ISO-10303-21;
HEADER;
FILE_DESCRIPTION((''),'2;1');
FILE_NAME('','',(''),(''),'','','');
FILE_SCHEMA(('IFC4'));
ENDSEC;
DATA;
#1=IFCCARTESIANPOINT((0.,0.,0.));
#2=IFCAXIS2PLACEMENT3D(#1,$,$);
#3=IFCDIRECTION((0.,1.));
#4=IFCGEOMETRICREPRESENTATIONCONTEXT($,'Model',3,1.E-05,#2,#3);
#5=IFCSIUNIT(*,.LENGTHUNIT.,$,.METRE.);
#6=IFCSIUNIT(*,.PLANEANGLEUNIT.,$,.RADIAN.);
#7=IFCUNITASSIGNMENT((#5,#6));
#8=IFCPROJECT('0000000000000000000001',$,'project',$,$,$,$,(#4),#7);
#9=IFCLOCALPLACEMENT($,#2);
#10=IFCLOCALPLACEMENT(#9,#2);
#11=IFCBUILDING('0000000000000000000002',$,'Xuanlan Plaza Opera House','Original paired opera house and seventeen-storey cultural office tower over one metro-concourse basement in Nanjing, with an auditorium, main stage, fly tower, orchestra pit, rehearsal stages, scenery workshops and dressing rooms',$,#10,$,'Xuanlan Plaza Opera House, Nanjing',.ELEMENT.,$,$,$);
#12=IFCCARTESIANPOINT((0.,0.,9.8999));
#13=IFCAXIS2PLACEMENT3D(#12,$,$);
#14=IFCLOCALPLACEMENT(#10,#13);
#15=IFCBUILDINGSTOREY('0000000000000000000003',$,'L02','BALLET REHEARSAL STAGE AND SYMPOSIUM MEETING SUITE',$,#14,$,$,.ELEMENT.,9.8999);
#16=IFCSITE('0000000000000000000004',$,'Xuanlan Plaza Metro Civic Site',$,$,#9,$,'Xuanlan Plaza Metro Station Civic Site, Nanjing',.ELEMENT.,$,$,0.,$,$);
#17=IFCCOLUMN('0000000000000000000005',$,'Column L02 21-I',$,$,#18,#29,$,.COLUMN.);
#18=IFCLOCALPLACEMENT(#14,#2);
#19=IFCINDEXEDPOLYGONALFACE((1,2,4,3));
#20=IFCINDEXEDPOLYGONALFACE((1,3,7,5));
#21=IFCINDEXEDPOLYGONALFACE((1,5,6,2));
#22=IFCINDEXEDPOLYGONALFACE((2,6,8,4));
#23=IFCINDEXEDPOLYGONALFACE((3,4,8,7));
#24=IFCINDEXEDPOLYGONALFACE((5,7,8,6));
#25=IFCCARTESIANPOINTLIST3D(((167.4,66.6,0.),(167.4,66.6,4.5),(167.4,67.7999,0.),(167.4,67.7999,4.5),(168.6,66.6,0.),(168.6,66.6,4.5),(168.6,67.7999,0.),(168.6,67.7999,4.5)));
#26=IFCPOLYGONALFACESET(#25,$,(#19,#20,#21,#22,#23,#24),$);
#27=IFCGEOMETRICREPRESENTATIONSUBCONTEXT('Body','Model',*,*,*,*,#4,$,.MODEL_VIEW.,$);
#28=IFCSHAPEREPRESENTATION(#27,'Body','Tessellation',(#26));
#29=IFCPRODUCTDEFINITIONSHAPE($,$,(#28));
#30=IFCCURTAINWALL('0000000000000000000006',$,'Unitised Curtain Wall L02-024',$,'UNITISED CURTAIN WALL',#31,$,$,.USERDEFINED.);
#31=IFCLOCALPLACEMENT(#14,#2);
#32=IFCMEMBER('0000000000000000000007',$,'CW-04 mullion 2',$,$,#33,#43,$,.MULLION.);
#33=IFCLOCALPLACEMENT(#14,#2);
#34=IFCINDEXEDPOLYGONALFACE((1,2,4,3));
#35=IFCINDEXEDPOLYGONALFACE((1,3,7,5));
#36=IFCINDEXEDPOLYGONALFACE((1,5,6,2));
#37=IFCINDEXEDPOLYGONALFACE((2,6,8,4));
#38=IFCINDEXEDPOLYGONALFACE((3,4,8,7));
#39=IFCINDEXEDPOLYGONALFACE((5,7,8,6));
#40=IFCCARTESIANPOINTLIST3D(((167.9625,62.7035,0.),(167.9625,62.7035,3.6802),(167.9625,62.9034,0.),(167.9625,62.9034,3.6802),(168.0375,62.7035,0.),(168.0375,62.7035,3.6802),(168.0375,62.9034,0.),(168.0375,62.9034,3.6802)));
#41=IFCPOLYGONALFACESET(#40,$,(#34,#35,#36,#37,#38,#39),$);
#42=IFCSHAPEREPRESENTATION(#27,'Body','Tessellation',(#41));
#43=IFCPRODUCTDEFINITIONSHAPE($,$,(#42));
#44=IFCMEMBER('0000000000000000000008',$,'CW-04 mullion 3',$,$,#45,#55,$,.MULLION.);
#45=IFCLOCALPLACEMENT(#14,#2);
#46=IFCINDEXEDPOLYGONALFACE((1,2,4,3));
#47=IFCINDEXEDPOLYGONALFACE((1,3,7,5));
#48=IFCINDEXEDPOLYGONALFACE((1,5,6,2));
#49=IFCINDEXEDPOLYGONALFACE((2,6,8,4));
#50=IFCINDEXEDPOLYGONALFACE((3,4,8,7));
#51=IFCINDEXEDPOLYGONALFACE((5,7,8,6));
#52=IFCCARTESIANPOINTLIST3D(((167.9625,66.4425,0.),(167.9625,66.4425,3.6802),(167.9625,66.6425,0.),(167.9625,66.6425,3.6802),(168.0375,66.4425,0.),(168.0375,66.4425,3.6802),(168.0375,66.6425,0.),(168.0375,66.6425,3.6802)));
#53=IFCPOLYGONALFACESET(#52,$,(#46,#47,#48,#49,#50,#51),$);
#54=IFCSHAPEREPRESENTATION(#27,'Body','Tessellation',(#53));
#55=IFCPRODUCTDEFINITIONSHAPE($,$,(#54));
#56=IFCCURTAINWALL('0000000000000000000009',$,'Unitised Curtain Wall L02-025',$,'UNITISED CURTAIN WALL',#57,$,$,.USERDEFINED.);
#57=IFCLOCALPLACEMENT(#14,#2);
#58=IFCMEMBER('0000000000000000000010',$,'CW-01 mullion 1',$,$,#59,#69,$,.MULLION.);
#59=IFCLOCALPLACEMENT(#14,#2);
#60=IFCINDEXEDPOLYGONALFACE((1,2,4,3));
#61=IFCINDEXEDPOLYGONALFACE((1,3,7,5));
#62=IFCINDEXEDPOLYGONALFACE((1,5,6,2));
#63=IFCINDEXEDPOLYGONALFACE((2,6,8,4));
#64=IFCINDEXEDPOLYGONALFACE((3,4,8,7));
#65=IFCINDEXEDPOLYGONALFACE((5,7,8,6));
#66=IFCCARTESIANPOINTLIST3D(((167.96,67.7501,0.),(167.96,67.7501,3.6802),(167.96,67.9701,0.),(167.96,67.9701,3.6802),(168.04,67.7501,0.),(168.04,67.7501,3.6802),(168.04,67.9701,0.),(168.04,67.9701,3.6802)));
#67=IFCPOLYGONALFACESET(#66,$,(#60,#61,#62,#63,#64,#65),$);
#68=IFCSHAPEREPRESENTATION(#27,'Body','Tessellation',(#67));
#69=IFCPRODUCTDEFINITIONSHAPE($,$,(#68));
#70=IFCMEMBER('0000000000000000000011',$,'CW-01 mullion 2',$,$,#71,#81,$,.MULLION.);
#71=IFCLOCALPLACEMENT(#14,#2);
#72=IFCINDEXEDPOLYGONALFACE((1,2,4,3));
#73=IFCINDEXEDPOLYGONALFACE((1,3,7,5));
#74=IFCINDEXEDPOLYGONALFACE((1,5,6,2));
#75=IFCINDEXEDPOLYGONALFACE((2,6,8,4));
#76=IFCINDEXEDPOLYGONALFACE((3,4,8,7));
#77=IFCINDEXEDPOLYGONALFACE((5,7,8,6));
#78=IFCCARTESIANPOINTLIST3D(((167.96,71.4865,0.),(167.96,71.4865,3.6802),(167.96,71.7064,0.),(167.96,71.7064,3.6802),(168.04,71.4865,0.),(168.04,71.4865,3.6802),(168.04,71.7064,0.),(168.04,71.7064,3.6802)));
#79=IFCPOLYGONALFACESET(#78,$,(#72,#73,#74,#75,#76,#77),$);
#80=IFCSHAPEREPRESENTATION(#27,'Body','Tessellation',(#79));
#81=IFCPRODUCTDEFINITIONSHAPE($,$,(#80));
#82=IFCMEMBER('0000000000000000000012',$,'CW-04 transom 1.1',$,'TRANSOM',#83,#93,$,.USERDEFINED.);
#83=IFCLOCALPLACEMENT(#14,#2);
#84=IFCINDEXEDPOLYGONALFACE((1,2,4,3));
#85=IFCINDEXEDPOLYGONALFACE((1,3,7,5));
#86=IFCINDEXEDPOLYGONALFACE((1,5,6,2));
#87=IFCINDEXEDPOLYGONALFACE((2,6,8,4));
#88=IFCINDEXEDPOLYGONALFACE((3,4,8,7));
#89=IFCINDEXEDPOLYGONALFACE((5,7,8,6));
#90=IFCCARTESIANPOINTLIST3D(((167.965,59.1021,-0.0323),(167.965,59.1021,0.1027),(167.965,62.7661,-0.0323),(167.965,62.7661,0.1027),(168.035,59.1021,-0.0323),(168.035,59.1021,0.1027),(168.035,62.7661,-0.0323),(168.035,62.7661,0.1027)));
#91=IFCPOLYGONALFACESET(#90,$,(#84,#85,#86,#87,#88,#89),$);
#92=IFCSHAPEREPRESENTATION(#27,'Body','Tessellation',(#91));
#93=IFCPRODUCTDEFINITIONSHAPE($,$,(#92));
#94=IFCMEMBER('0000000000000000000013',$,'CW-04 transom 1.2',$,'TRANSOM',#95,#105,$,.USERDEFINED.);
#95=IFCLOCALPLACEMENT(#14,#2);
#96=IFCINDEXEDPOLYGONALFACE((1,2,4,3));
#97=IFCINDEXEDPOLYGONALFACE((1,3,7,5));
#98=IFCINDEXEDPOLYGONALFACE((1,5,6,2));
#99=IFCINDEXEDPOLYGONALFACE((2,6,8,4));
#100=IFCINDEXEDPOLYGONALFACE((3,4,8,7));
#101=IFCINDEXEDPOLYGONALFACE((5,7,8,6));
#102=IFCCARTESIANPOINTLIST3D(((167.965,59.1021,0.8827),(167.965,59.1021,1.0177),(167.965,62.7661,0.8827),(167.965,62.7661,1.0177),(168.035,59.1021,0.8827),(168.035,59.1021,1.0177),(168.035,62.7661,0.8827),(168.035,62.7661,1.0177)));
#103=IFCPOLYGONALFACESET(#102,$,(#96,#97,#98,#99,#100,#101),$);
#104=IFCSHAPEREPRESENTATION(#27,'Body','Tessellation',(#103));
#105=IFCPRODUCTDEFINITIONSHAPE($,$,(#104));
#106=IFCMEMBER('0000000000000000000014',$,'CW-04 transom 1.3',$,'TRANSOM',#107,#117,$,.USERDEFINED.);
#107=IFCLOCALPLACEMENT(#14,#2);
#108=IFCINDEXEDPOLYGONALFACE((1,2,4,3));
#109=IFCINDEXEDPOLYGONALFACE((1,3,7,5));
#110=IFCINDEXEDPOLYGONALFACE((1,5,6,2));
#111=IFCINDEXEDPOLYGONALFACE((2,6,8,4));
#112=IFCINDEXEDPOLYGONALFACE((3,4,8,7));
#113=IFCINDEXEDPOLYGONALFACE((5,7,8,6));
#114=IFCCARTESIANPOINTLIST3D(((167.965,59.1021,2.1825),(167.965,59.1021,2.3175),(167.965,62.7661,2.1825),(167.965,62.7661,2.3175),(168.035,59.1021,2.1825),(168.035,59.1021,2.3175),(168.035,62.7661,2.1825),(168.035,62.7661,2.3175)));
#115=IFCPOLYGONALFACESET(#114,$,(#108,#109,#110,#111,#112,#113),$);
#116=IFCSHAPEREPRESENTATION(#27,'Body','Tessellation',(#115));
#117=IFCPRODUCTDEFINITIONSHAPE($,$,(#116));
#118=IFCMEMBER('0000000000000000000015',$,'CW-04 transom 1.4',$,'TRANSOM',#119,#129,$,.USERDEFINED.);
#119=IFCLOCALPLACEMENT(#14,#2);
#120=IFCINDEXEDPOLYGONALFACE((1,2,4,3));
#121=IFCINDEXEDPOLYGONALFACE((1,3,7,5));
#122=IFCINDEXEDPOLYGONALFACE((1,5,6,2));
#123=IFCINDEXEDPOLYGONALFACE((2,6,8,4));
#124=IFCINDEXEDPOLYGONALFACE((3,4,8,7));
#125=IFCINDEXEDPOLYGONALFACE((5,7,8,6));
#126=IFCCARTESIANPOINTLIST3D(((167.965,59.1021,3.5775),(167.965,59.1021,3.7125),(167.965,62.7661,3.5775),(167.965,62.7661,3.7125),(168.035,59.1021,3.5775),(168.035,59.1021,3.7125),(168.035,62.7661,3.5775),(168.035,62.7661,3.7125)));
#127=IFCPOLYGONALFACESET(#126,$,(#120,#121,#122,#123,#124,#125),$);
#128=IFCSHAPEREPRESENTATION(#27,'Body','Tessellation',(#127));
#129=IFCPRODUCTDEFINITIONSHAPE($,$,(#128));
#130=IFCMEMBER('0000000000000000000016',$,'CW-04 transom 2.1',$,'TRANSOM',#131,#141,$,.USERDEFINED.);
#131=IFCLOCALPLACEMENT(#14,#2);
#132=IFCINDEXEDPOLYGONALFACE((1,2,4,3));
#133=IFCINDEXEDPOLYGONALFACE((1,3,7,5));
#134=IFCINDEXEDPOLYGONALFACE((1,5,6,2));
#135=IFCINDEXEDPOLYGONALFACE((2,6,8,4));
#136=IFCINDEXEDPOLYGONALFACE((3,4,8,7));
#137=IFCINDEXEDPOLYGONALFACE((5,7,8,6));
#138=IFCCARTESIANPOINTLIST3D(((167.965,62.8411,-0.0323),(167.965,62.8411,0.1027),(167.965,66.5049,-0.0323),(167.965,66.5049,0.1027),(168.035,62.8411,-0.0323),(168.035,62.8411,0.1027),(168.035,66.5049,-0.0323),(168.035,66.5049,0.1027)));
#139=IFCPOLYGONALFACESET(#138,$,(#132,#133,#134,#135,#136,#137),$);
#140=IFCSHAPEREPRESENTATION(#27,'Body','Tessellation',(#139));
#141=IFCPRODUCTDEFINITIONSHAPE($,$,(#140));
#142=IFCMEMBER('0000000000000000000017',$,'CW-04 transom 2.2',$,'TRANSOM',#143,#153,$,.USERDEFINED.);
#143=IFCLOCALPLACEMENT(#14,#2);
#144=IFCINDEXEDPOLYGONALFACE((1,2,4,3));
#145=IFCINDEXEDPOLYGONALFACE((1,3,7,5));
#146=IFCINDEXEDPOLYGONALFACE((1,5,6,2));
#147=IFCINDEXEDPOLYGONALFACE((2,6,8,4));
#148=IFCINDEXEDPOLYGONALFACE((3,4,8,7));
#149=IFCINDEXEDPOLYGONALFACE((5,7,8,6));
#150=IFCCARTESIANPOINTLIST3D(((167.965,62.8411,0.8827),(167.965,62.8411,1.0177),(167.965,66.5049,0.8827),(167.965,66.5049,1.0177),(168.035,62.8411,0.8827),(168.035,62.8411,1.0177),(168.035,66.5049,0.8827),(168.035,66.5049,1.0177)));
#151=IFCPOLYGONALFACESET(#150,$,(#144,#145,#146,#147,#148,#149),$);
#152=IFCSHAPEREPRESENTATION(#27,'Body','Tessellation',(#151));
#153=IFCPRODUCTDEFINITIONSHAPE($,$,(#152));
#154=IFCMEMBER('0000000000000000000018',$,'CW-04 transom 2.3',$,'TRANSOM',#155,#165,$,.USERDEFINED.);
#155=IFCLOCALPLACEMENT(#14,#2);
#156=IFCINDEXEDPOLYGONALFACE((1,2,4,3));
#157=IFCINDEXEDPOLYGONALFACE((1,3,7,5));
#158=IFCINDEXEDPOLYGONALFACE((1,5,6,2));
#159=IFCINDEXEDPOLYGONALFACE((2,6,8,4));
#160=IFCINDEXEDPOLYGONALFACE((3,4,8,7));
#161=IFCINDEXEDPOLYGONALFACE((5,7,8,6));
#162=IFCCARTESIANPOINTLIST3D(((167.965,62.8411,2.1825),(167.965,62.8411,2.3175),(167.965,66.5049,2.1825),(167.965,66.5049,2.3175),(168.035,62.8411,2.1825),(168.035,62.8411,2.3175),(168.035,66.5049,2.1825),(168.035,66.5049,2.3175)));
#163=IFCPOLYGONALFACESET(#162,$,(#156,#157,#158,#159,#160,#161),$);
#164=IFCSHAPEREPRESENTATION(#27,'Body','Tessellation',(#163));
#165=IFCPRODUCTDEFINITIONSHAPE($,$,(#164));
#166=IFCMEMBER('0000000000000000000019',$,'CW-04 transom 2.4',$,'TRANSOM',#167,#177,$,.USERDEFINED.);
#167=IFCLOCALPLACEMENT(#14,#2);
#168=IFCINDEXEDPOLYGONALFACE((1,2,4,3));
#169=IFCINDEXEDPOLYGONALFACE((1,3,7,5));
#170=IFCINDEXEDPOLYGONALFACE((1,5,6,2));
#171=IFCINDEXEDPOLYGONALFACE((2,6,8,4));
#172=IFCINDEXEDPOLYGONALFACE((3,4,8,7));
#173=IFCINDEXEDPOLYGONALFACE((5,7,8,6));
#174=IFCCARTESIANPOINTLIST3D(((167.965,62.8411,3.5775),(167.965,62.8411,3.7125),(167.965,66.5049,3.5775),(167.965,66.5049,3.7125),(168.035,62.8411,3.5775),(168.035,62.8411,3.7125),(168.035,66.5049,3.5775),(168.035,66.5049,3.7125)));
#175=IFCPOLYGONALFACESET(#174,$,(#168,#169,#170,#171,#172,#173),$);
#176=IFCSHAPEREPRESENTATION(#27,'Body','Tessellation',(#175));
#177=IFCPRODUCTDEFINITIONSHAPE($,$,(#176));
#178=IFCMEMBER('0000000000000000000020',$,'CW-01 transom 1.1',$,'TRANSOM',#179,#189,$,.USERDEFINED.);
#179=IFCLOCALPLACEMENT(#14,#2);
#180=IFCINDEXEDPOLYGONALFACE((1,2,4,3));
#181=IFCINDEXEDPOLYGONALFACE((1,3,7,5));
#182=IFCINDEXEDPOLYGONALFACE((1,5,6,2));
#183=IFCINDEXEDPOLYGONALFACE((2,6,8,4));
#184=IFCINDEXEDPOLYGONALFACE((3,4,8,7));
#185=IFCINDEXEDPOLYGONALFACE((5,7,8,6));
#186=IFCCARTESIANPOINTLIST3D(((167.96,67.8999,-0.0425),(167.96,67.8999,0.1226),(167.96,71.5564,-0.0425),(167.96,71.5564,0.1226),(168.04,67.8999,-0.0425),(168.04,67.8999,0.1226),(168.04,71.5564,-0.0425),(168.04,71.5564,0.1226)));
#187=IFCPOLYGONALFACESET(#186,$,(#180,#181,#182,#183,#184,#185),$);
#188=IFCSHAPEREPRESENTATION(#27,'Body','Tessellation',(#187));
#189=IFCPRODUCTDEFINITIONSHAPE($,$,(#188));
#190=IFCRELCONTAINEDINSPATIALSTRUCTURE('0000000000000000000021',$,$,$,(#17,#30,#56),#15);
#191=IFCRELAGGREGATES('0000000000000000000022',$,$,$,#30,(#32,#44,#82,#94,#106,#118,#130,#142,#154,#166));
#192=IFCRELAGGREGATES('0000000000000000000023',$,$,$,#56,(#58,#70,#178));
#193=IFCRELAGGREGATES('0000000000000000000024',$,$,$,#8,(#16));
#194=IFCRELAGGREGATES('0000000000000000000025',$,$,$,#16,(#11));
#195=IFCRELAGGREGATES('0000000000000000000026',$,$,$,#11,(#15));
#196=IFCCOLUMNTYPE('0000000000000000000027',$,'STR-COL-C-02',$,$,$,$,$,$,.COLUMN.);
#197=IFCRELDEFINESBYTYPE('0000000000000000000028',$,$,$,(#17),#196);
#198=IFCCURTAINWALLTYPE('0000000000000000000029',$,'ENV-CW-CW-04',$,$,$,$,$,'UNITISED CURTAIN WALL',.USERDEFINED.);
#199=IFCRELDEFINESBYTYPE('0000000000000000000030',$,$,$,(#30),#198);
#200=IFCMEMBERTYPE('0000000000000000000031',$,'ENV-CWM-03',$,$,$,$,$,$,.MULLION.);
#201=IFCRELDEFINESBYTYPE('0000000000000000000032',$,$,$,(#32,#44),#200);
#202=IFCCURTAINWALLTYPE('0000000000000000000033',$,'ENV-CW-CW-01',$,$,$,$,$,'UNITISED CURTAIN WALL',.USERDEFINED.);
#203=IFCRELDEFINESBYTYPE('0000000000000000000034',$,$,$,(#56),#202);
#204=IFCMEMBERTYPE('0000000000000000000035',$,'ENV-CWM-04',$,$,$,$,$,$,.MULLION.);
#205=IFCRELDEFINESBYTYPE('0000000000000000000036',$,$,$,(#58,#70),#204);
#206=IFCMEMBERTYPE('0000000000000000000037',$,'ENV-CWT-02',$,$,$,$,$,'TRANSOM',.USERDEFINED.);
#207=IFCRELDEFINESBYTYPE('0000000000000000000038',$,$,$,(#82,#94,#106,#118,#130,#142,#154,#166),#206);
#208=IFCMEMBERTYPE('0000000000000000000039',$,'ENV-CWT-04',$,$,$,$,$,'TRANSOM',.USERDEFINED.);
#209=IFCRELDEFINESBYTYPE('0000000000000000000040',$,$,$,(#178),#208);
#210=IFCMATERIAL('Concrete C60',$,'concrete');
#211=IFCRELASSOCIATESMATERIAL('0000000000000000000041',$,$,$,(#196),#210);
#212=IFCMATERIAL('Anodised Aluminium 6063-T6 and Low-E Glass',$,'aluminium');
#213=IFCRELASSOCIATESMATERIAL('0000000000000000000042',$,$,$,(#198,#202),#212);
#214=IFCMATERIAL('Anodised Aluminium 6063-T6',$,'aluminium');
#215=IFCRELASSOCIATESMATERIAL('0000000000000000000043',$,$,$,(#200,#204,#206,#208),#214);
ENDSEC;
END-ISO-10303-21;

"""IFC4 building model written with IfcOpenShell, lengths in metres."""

from ifc_helpers import new_model, si_unit, direction, frame, origin, origin_2d, place, context, subcontext, project, spatial, rectangle, extrude, material, material_profile, profile_set, type_object, element, aggregate, save


model = new_model("IFC4")

# Units and contexts
model_context = context("Model", 3, precision=1e-05, world=origin(), true_north=direction((0.0, 1.0)))
body_context = subcontext(model_context, "Body", "Model", "MODEL_VIEW")
ifc_project = project(units=[si_unit("LENGTHUNIT", "METRE"), si_unit("PLANEANGLEUNIT", "RADIAN")], contexts=[model_context])

# Site, building, storey
site_placement = place(None, origin())
site = spatial("IfcSite", under=ifc_project, at=site_placement, Name="Xuanlan Plaza Metro Civic Site", LongName="Xuanlan Plaza Metro Station Civic Site, Nanjing", CompositionType="ELEMENT", RefElevation=0.0)
building_placement = place(site_placement, origin())
building = spatial("IfcBuilding", under=site, at=building_placement, Name="Xuanlan Plaza Opera House", Description="Original paired opera house and seventeen-storey cultural office tower over one metro-concourse basement in Nanjing, with an auditorium, main stage, fly tower, orchestra pit, rehearsal stages, scenery workshops and dressing rooms", LongName="Xuanlan Plaza Opera House, Nanjing", CompositionType="ELEMENT")
storey_placement = place(building_placement, frame((0.0, 0.0, 9.8999)))
storey = spatial("IfcBuildingStorey", under=building, at=storey_placement, Name="L02", Description="BALLET REHEARSAL STAGE AND SYMPOSIUM MEETING SUITE", CompositionType="ELEMENT", Elevation=9.8999)

# Column
ifc_material_1 = material(Name="Concrete C60", Category="concrete")
ifc_material_profile_1 = material_profile(ifc_material_1, rectangle(XDim=1.2, YDim=1.2, at=origin_2d()), Name="RC-COL 1200x1200")
ifc_profile_set_1 = profile_set([ifc_material_profile_1], Name="Concrete C60")
column_type = type_object("IfcColumnType", Name="STR-COL-C-02", PredefinedType="COLUMN", material=ifc_profile_set_1)
column_placement = place(storey_placement, frame((168.0, 67.2, 0.0), z_axis=(0.0, 0.0, 1.0), x_axis=(1.0, 0.0, 0.0)))
element("IfcColumn", 1, at=column_placement, inside=storey, type_object=column_type, Name="Column L02 21-I", PredefinedType="COLUMN", context=body_context, shape_type="SweptSolid", body=[
    extrude(rectangle(XDim=1.2, YDim=1.2, at=origin_2d()), origin(), (0.0, 0.0, 1.0), 4.5),
])

# Curtain walls, members
ifc_material_2 = material(Name="Anodised Aluminium 6063-T6 and Low-E Glass", Category="aluminium")
curtain_wall_type_1 = type_object("IfcCurtainWallType", Name="ENV-CW-CW-04", ElementType="UNITISED CURTAIN WALL", PredefinedType="USERDEFINED", material=ifc_material_2)
curtain_wall_1_placement = place(storey_placement, origin())
curtain_wall_1 = element("IfcCurtainWall", 2, at=curtain_wall_1_placement, inside=storey, type_object=curtain_wall_type_1, Name="Unitised Curtain Wall L02-024", ObjectType="UNITISED CURTAIN WALL", PredefinedType="USERDEFINED")
ifc_material_3 = material(Name="Anodised Aluminium 6063-T6", Category="aluminium")
ifc_material_profile_2 = material_profile(ifc_material_3, rectangle(XDim=0.075, YDim=0.2, at=origin_2d()), Name="ALU-M 75x200")
ifc_profile_set_2 = profile_set([ifc_material_profile_2], Name="Anodised Aluminium 6063-T6")
member_type_1 = type_object("IfcMemberType", Name="ENV-CWM-03", PredefinedType="MULLION", material=ifc_profile_set_2)
member_1_placement = place(storey_placement, frame((168.0, 62.8035, 0.0), z_axis=(0.0, 0.0, 1.0), x_axis=(-1.0, 0.0, 0.0)))
member_1 = element("IfcMember", 3, at=member_1_placement, type_object=member_type_1, Name="CW-04 mullion 2", PredefinedType="MULLION", context=body_context, shape_type="SweptSolid", body=[
    extrude(rectangle(XDim=0.075, YDim=0.2, at=origin_2d()), origin(), (0.0, 0.0, 1.0), 3.6802),
])
member_2_placement = place(storey_placement, frame((168.0, 66.5425, 0.0), z_axis=(0.0, 0.0, 1.0), x_axis=(-1.0, 0.0, 0.0)))
member_2 = element("IfcMember", 4, at=member_2_placement, type_object=member_type_1, Name="CW-04 mullion 3", PredefinedType="MULLION", context=body_context, shape_type="SweptSolid", body=[
    extrude(rectangle(XDim=0.075, YDim=0.2, at=origin_2d()), origin(), (0.0, 0.0, 1.0), 3.6802),
])
curtain_wall_type_2 = type_object("IfcCurtainWallType", Name="ENV-CW-CW-01", ElementType="UNITISED CURTAIN WALL", PredefinedType="USERDEFINED", material=ifc_material_2)
curtain_wall_2_placement = place(storey_placement, origin())
curtain_wall_2 = element("IfcCurtainWall", 5, at=curtain_wall_2_placement, inside=storey, type_object=curtain_wall_type_2, Name="Unitised Curtain Wall L02-025", ObjectType="UNITISED CURTAIN WALL", PredefinedType="USERDEFINED")
ifc_material_profile_3 = material_profile(ifc_material_3, rectangle(XDim=0.0801, YDim=0.22, at=origin_2d()), Name="ALU-M 80x220")
ifc_profile_set_3 = profile_set([ifc_material_profile_3], Name="Anodised Aluminium 6063-T6")
member_type_2 = type_object("IfcMemberType", Name="ENV-CWM-04", PredefinedType="MULLION", material=ifc_profile_set_3)
member_3_placement = place(storey_placement, frame((168.0, 67.8601, 0.0), z_axis=(0.0, 0.0, 1.0), x_axis=(-1.0, 0.0, 0.0)))
member_3 = element("IfcMember", 6, at=member_3_placement, type_object=member_type_2, Name="CW-01 mullion 1", PredefinedType="MULLION", context=body_context, shape_type="SweptSolid", body=[
    extrude(rectangle(XDim=0.0801, YDim=0.22, at=origin_2d()), origin(), (0.0, 0.0, 1.0), 3.6802),
])
member_4_placement = place(storey_placement, frame((168.0, 71.5964, 0.0), z_axis=(0.0, 0.0, 1.0), x_axis=(-1.0, 0.0, 0.0)))
member_4 = element("IfcMember", 7, at=member_4_placement, type_object=member_type_2, Name="CW-01 mullion 2", PredefinedType="MULLION", context=body_context, shape_type="SweptSolid", body=[
    extrude(rectangle(XDim=0.0801, YDim=0.22, at=origin_2d()), origin(), (0.0, 0.0, 1.0), 3.6802),
])

# Members
ifc_material_profile_4 = material_profile(ifc_material_3, rectangle(XDim=0.0701, YDim=0.135, at=origin_2d()), Name="ALU-T 70x135")
ifc_profile_set_4 = profile_set([ifc_material_profile_4], Name="Anodised Aluminium 6063-T6")
member_type_3 = type_object("IfcMemberType", Name="ENV-CWT-02", ElementType="TRANSOM", PredefinedType="USERDEFINED", material=ifc_profile_set_4)
member_5_placement = place(storey_placement, frame((168.0, 59.1021, 0.0352), z_axis=(0.0, 1.0, 0.0), x_axis=(-1.0, 0.0, 0.0)))
member_5 = element("IfcMember", 8, at=member_5_placement, type_object=member_type_3, Name="CW-04 transom 1.1", ObjectType="TRANSOM", PredefinedType="USERDEFINED", context=body_context, shape_type="SweptSolid", body=[
    extrude(rectangle(XDim=0.0701, YDim=0.135, at=origin_2d()), origin(), (0.0, 0.0, 1.0), 3.6641),
])
member_6_placement = place(storey_placement, frame((168.0, 59.1021, 0.9502), z_axis=(0.0, 1.0, 0.0), x_axis=(-1.0, 0.0, 0.0)))
member_6 = element("IfcMember", 9, at=member_6_placement, type_object=member_type_3, Name="CW-04 transom 1.2", ObjectType="TRANSOM", PredefinedType="USERDEFINED", context=body_context, shape_type="SweptSolid", body=[
    extrude(rectangle(XDim=0.0701, YDim=0.135, at=origin_2d()), origin(), (0.0, 0.0, 1.0), 3.6641),
])
member_7_placement = place(storey_placement, frame((168.0, 59.1021, 2.25), z_axis=(0.0, 1.0, 0.0), x_axis=(-1.0, 0.0, 0.0)))
member_7 = element("IfcMember", 10, at=member_7_placement, type_object=member_type_3, Name="CW-04 transom 1.3", ObjectType="TRANSOM", PredefinedType="USERDEFINED", context=body_context, shape_type="SweptSolid", body=[
    extrude(rectangle(XDim=0.0701, YDim=0.135, at=origin_2d()), origin(), (0.0, 0.0, 1.0), 3.6641),
])
member_8_placement = place(storey_placement, frame((168.0, 59.1021, 3.645), z_axis=(0.0, 1.0, 0.0), x_axis=(-1.0, 0.0, 0.0)))
member_8 = element("IfcMember", 11, at=member_8_placement, type_object=member_type_3, Name="CW-04 transom 1.4", ObjectType="TRANSOM", PredefinedType="USERDEFINED", context=body_context, shape_type="SweptSolid", body=[
    extrude(rectangle(XDim=0.0701, YDim=0.135, at=origin_2d()), origin(), (0.0, 0.0, 1.0), 3.6641),
])
member_9_placement = place(storey_placement, frame((168.0, 62.8411, 0.0352), z_axis=(0.0, 1.0, 0.0), x_axis=(-1.0, 0.0, 0.0)))
member_9 = element("IfcMember", 12, at=member_9_placement, type_object=member_type_3, Name="CW-04 transom 2.1", ObjectType="TRANSOM", PredefinedType="USERDEFINED", context=body_context, shape_type="SweptSolid", body=[
    extrude(rectangle(XDim=0.0701, YDim=0.135, at=origin_2d()), origin(), (0.0, 0.0, 1.0), 3.6638),
])
member_10_placement = place(storey_placement, frame((168.0, 62.8411, 0.9502), z_axis=(0.0, 1.0, 0.0), x_axis=(-1.0, 0.0, 0.0)))
member_10 = element("IfcMember", 13, at=member_10_placement, type_object=member_type_3, Name="CW-04 transom 2.2", ObjectType="TRANSOM", PredefinedType="USERDEFINED", context=body_context, shape_type="SweptSolid", body=[
    extrude(rectangle(XDim=0.0701, YDim=0.135, at=origin_2d()), origin(), (0.0, 0.0, 1.0), 3.6638),
])
member_11_placement = place(storey_placement, frame((168.0, 62.8411, 2.25), z_axis=(0.0, 1.0, 0.0), x_axis=(-1.0, 0.0, 0.0)))
member_11 = element("IfcMember", 14, at=member_11_placement, type_object=member_type_3, Name="CW-04 transom 2.3", ObjectType="TRANSOM", PredefinedType="USERDEFINED", context=body_context, shape_type="SweptSolid", body=[
    extrude(rectangle(XDim=0.0701, YDim=0.135, at=origin_2d()), origin(), (0.0, 0.0, 1.0), 3.6638),
])
member_12_placement = place(storey_placement, frame((168.0, 62.8411, 3.645), z_axis=(0.0, 1.0, 0.0), x_axis=(-1.0, 0.0, 0.0)))
member_12 = element("IfcMember", 15, at=member_12_placement, type_object=member_type_3, Name="CW-04 transom 2.4", ObjectType="TRANSOM", PredefinedType="USERDEFINED", context=body_context, shape_type="SweptSolid", body=[
    extrude(rectangle(XDim=0.0701, YDim=0.135, at=origin_2d()), origin(), (0.0, 0.0, 1.0), 3.6638),
])
ifc_material_profile_5 = material_profile(ifc_material_3, rectangle(XDim=0.0801, YDim=0.165, at=origin_2d()), Name="ALU-T 80x165")
ifc_profile_set_5 = profile_set([ifc_material_profile_5], Name="Anodised Aluminium 6063-T6")
member_type_4 = type_object("IfcMemberType", Name="ENV-CWT-04", ElementType="TRANSOM", PredefinedType="USERDEFINED", material=ifc_profile_set_5)
member_13_placement = place(storey_placement, frame((168.0, 67.8999, 0.04), z_axis=(0.0, 1.0, 0.0), x_axis=(-1.0, 0.0, 0.0)))
member_13 = element("IfcMember", 16, at=member_13_placement, type_object=member_type_4, Name="CW-01 transom 1.1", ObjectType="TRANSOM", PredefinedType="USERDEFINED", context=body_context, shape_type="SweptSolid", body=[
    extrude(rectangle(XDim=0.0801, YDim=0.165, at=origin_2d()), origin(), (0.0, 0.0, 1.0), 3.6565),
])

aggregate(curtain_wall_1, [member_1, member_2, member_5, member_6, member_7, member_8, member_9, member_10, member_11, member_12])
aggregate(curtain_wall_2, [member_3, member_4, member_13])

save(model, "model.ifc")
